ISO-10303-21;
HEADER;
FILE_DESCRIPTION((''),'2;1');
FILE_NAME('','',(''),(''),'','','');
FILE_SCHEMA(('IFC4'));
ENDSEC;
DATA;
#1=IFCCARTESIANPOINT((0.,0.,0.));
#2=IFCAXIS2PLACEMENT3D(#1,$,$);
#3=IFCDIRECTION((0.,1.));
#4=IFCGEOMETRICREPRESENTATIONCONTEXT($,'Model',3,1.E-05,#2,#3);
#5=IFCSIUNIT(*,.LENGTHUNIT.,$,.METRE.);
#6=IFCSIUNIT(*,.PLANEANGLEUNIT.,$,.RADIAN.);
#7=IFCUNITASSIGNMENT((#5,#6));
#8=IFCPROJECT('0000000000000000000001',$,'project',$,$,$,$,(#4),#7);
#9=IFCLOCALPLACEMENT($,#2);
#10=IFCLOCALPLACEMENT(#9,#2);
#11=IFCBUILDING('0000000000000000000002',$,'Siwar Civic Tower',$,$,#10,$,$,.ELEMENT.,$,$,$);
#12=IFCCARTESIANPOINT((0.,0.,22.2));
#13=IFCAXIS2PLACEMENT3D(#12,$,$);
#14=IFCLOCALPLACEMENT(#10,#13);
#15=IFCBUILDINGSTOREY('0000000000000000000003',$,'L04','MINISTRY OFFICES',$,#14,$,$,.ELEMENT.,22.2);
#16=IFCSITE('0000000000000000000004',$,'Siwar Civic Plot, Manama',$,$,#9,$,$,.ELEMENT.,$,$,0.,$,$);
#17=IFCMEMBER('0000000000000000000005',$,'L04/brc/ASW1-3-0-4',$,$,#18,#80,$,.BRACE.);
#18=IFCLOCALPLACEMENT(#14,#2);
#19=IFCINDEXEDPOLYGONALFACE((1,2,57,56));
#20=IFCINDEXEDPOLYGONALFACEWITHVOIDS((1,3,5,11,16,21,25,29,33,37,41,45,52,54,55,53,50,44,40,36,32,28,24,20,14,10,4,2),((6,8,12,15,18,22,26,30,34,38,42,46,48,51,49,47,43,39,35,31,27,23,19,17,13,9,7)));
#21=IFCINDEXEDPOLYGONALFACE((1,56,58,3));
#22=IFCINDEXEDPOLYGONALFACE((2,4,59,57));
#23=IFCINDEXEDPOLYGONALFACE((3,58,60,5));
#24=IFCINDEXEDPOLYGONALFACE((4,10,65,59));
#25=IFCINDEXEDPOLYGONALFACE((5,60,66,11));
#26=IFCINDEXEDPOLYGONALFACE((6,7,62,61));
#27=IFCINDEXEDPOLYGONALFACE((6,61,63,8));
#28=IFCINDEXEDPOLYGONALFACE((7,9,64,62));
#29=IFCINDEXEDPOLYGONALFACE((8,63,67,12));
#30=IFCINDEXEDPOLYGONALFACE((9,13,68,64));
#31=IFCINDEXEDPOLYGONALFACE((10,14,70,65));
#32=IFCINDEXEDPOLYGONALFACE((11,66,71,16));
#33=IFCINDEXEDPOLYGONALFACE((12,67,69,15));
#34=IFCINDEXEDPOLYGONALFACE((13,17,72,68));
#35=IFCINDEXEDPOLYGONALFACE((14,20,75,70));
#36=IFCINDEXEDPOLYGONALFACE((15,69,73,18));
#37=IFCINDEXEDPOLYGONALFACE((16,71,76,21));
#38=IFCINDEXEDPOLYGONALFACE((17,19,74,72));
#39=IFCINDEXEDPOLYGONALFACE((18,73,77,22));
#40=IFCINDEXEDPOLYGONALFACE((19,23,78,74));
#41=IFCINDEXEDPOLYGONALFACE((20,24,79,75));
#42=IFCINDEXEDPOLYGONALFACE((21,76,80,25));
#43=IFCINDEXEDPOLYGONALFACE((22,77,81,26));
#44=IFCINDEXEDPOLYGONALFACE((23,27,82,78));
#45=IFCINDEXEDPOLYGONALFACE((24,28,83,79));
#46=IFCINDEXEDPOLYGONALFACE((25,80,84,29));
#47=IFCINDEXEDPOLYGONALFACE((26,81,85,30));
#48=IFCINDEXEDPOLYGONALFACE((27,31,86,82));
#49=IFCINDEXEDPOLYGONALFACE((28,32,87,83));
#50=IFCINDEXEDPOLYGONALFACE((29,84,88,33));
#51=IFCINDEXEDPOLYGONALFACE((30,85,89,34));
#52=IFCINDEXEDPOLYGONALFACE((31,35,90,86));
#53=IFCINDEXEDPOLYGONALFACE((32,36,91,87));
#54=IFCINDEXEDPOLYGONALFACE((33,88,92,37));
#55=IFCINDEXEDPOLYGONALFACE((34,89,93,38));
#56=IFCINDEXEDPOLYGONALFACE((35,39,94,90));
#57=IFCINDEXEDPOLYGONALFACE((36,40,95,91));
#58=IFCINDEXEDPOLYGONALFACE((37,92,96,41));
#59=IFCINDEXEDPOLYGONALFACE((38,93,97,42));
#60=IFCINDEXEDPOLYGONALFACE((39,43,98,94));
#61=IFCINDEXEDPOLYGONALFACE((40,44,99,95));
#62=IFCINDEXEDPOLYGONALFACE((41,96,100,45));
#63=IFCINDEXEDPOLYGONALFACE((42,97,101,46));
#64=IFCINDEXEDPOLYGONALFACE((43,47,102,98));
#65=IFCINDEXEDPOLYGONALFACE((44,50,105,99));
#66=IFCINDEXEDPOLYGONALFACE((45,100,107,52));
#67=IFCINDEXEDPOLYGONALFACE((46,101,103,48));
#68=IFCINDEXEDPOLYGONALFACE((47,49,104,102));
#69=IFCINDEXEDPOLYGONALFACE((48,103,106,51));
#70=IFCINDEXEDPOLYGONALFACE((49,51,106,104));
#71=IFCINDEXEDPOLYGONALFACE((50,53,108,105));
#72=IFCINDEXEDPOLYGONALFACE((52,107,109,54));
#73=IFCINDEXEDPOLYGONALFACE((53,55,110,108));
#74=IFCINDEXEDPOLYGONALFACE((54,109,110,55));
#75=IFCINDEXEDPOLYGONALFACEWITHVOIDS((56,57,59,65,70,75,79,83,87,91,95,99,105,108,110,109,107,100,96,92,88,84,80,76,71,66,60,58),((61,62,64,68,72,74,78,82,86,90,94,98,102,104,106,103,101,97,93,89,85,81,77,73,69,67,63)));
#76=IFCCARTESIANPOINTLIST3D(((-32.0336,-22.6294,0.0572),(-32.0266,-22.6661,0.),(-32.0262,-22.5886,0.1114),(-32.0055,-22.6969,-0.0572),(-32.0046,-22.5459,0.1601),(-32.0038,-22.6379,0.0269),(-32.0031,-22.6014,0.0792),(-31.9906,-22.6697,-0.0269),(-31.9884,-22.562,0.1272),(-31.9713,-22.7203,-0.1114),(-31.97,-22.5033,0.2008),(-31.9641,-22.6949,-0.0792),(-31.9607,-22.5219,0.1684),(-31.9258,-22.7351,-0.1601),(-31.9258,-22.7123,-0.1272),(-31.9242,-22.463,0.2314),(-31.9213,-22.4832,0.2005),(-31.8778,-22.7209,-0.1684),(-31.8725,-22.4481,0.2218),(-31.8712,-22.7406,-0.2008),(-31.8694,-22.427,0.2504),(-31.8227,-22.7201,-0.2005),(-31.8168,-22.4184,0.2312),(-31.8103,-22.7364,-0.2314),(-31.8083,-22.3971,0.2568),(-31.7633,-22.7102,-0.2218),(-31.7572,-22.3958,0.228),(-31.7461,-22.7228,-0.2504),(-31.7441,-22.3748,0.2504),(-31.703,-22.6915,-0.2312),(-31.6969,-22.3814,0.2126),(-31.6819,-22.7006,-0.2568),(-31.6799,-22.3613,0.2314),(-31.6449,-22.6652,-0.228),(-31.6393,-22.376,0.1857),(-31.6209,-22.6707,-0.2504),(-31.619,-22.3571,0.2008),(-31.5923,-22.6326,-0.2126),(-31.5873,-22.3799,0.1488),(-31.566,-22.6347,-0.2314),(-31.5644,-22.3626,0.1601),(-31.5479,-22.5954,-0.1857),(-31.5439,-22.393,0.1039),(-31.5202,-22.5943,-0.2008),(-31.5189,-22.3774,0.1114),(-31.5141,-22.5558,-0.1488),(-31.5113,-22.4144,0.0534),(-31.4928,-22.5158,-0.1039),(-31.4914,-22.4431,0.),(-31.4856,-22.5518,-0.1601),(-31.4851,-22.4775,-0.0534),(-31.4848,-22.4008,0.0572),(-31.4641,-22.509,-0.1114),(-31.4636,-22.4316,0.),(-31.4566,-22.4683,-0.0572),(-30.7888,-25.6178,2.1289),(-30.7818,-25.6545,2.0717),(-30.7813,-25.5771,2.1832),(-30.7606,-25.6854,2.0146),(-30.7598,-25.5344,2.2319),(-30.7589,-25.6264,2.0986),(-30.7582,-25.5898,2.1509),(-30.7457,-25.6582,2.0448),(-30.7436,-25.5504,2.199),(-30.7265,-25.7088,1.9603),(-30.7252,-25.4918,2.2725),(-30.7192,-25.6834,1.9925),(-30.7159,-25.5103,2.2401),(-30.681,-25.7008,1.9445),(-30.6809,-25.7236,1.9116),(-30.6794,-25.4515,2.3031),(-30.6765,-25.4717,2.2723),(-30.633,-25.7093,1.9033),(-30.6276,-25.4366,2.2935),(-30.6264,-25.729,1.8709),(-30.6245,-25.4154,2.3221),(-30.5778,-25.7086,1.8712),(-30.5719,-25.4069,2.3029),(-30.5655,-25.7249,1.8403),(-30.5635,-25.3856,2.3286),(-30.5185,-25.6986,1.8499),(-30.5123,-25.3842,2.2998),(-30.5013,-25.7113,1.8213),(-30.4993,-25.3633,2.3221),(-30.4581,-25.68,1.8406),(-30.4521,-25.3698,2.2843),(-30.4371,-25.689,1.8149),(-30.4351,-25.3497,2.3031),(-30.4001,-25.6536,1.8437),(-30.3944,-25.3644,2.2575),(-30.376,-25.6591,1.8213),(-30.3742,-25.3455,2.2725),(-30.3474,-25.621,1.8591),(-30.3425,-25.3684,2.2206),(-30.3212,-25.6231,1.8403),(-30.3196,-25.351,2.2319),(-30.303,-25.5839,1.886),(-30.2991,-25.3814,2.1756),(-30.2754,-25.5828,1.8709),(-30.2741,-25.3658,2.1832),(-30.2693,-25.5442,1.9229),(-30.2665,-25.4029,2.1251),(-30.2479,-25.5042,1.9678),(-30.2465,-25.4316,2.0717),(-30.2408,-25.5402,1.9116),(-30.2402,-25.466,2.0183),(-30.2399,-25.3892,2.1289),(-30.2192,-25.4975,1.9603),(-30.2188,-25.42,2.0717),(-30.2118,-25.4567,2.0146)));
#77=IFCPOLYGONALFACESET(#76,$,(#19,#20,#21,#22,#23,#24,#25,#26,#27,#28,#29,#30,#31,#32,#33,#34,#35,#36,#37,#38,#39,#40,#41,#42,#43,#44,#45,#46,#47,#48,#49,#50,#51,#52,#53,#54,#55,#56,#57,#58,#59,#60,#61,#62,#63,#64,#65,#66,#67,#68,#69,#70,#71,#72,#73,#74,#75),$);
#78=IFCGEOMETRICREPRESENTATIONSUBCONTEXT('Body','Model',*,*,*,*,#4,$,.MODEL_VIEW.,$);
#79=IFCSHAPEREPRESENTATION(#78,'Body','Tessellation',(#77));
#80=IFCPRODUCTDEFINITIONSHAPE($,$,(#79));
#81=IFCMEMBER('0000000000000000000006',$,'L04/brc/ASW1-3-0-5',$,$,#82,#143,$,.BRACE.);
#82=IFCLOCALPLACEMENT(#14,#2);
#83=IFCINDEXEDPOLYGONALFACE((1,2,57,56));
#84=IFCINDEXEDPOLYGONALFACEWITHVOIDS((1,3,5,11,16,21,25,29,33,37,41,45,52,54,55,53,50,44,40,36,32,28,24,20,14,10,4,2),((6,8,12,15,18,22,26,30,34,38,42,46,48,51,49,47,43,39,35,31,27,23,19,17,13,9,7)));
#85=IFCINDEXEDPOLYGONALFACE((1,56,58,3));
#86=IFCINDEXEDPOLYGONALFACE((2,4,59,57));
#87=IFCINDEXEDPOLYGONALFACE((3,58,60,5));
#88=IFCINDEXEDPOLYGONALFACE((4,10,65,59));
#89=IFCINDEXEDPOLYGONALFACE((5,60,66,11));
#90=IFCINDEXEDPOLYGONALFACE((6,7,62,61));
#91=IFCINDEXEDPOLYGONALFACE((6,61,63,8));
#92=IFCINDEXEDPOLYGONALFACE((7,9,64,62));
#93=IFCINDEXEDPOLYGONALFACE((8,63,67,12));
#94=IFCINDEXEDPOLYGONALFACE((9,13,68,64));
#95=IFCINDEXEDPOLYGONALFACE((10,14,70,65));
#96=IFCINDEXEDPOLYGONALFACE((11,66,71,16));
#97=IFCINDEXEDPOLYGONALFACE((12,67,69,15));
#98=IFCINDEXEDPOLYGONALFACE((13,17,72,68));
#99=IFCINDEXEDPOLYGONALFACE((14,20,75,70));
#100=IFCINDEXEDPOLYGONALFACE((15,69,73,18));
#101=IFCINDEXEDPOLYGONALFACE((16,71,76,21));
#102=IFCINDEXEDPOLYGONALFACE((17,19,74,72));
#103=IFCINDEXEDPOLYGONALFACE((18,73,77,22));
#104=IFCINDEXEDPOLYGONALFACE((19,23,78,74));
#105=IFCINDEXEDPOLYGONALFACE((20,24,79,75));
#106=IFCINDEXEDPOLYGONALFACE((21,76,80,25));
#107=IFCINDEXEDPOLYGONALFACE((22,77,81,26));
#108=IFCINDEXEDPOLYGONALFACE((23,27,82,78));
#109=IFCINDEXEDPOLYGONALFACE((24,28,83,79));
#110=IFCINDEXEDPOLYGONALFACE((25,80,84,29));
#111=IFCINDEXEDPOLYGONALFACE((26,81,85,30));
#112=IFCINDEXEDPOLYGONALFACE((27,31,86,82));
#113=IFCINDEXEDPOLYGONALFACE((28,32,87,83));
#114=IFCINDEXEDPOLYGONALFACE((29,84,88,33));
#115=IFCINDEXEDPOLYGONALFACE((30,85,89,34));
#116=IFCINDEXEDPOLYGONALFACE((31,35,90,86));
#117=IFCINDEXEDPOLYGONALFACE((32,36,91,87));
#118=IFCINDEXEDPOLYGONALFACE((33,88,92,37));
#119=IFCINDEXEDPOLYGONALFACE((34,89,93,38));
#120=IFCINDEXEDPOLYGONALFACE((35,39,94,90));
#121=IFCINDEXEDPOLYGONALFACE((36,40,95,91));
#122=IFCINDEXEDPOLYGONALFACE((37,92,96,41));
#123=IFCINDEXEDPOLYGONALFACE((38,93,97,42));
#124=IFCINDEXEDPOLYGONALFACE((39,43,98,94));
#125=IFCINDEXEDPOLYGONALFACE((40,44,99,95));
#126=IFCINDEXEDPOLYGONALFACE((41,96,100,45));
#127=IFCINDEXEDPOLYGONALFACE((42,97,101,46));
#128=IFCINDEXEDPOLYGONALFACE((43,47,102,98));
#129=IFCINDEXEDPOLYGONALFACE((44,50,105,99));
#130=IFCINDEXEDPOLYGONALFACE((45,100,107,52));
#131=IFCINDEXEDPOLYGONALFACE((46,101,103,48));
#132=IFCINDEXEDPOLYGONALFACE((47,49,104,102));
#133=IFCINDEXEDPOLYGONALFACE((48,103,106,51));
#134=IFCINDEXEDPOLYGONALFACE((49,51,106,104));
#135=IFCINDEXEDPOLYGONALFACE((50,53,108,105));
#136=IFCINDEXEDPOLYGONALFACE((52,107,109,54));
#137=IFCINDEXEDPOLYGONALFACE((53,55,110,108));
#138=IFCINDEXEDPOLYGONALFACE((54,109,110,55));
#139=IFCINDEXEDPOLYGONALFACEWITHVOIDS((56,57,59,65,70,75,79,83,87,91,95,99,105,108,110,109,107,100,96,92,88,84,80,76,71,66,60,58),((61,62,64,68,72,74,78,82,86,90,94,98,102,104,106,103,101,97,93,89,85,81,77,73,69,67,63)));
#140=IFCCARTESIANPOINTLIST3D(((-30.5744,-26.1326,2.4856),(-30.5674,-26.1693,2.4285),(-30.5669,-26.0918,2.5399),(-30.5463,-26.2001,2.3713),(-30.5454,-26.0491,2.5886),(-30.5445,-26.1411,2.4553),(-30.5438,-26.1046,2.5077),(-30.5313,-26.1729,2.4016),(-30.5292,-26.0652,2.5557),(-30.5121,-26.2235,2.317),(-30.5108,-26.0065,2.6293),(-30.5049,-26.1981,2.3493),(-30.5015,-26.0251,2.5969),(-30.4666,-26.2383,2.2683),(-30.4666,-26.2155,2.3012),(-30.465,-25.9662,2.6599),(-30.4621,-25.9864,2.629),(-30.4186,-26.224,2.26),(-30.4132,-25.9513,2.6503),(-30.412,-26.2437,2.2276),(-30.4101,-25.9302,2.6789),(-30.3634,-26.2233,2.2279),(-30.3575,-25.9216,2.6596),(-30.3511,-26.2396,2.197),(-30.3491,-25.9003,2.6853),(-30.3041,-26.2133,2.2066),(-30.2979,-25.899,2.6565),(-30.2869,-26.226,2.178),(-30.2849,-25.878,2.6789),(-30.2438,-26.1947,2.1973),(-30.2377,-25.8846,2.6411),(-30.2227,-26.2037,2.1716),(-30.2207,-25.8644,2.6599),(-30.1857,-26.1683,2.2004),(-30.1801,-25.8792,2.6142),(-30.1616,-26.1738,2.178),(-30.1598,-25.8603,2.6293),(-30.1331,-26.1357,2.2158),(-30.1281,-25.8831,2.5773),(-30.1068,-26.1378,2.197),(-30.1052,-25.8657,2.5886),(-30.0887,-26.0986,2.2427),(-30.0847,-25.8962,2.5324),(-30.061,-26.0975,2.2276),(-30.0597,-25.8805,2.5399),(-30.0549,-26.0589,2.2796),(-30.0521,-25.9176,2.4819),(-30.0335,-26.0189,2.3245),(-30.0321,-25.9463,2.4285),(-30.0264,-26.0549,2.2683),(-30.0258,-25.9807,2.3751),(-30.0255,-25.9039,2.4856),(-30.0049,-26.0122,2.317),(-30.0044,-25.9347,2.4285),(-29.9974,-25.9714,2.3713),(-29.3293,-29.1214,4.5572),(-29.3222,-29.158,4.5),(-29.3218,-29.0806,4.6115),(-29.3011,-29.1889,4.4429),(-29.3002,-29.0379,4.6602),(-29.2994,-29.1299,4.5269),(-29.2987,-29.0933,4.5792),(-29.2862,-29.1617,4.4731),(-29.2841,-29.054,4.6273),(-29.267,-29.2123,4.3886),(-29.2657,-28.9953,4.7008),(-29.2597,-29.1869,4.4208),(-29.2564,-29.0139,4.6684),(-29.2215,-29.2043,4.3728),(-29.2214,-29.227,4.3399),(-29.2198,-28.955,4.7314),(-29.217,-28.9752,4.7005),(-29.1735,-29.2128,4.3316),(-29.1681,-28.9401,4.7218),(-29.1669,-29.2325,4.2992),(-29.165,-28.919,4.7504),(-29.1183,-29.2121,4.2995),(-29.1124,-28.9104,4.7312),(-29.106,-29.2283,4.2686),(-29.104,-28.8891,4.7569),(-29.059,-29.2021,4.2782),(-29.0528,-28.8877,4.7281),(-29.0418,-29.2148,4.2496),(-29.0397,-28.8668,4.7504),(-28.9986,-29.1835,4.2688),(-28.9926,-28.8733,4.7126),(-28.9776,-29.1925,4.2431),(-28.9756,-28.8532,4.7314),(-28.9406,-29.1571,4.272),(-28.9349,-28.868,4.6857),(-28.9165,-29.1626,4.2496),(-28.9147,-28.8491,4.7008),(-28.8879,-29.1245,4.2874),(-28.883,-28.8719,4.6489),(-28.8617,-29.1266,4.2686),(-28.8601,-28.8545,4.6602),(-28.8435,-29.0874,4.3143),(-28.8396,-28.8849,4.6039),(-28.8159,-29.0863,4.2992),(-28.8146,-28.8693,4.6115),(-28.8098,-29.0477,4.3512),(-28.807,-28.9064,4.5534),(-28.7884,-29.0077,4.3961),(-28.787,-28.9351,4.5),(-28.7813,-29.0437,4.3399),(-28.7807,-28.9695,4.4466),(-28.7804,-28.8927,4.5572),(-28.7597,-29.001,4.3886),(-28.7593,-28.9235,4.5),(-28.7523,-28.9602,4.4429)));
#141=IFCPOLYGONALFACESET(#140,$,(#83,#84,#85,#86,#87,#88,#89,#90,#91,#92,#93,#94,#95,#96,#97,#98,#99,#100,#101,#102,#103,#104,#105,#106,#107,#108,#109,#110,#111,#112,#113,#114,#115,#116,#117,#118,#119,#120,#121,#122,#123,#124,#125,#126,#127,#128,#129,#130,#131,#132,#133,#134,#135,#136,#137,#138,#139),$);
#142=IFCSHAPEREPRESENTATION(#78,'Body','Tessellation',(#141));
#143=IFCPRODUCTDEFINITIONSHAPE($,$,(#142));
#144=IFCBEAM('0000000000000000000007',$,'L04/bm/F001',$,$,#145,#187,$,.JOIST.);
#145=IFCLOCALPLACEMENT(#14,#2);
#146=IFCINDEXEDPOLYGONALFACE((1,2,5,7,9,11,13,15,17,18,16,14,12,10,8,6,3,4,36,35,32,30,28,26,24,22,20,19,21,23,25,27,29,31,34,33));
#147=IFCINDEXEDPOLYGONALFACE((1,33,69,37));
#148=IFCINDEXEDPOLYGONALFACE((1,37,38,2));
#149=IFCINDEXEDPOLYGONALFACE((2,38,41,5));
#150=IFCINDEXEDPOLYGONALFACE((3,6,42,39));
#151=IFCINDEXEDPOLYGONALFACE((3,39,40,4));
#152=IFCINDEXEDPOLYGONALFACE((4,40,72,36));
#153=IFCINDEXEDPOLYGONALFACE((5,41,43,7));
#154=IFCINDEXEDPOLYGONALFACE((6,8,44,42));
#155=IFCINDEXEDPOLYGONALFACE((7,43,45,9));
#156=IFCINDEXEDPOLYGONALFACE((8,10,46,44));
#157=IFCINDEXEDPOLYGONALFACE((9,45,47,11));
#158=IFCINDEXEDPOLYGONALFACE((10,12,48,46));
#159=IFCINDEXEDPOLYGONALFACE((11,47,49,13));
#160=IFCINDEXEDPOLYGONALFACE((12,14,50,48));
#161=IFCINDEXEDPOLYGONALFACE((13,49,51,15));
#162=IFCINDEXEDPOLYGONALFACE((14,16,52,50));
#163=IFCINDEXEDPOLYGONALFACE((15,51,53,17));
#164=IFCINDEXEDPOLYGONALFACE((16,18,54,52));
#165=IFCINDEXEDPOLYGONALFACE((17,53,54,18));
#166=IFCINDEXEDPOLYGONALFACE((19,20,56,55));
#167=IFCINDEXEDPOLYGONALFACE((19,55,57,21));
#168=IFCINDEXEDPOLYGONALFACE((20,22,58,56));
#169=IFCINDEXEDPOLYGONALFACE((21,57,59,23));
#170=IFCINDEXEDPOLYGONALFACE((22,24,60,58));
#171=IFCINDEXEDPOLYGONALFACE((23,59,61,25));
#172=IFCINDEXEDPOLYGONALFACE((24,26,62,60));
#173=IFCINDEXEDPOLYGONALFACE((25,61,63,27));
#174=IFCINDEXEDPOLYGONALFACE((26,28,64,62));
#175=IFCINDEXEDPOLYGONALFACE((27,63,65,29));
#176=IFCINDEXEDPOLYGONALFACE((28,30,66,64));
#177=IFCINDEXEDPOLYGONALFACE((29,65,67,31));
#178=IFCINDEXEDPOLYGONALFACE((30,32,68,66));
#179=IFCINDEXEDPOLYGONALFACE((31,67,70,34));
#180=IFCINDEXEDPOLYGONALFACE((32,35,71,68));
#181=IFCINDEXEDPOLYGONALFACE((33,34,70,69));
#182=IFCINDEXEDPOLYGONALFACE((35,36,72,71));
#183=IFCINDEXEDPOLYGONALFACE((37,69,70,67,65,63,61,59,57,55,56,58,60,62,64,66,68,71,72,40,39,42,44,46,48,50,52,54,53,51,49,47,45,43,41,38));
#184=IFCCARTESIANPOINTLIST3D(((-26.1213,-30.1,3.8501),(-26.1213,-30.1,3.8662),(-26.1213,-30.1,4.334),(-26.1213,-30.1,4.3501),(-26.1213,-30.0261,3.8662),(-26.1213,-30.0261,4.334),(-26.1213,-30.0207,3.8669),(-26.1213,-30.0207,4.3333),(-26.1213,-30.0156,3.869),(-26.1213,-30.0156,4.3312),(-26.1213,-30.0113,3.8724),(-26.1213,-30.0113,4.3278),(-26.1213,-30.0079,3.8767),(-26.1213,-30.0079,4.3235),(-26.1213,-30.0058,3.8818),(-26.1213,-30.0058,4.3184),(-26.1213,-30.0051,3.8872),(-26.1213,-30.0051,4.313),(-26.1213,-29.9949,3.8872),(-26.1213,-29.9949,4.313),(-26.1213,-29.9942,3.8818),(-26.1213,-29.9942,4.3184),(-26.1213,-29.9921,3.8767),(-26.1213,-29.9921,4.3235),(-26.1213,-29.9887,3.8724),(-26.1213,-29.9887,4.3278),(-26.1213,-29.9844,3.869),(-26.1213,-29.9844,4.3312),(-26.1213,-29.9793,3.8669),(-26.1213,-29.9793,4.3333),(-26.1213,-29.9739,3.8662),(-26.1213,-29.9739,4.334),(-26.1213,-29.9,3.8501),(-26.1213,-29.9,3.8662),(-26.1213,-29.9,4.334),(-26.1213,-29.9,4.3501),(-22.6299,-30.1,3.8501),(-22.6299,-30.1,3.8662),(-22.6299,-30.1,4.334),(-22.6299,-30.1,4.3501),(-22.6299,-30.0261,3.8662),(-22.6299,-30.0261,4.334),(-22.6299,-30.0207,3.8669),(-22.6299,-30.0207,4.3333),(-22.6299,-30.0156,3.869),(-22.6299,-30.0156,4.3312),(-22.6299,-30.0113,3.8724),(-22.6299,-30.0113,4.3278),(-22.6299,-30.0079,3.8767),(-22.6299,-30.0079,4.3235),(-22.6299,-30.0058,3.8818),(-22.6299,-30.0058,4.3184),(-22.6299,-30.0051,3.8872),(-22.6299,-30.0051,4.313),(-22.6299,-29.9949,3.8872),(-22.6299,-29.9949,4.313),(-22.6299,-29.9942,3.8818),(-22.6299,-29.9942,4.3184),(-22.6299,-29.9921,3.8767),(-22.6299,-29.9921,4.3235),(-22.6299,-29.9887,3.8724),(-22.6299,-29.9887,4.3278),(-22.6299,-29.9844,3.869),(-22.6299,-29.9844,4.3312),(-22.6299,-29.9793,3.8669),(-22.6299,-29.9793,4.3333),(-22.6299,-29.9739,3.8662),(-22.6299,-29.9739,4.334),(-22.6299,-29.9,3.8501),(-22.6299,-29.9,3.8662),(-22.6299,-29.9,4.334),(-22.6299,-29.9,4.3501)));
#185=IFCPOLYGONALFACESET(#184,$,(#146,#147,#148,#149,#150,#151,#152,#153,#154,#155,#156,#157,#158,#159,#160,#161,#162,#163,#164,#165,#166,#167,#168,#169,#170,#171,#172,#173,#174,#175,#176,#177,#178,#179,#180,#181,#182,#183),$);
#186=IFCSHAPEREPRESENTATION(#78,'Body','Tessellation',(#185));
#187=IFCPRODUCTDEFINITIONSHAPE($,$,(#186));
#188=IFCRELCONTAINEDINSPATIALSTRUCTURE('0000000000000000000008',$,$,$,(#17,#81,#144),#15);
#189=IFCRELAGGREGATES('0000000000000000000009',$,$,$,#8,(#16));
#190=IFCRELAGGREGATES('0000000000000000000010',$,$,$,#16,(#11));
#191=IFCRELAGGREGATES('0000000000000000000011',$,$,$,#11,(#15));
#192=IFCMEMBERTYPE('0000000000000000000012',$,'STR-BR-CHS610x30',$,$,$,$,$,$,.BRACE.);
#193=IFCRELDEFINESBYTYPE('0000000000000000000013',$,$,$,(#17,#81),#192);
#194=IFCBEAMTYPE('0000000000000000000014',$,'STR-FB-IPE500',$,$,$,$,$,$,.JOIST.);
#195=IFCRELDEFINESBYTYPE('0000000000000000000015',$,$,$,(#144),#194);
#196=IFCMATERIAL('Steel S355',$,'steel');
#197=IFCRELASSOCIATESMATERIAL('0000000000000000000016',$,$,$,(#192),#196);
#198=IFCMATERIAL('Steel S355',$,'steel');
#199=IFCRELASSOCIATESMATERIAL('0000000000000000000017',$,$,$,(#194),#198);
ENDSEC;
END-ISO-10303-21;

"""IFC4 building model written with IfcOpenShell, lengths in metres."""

from ifc_helpers import new_model, si_unit, direction, frame, origin, origin_2d, place, context, subcontext, project, spatial, hollow_circle, i_section, extrude, material, material_profile, profile_set, type_object, element, save


model = new_model("IFC4")

# Units and contexts
model_context = context("Model", 3, precision=1e-05, world=origin(), true_north=direction((0.0, 1.0)))
body_context = subcontext(model_context, "Body", "Model", "MODEL_VIEW")
ifc_project = project(units=[si_unit("LENGTHUNIT", "METRE"), si_unit("PLANEANGLEUNIT", "RADIAN")], contexts=[model_context])

# Site, building, storey
site_placement = place(None, origin())
site = spatial("IfcSite", under=ifc_project, at=site_placement, Name="Siwar Civic Plot, Manama", CompositionType="ELEMENT", RefElevation=0.0)
building_placement = place(site_placement, origin())
building = spatial("IfcBuilding", under=site, at=building_placement, Name="Siwar Civic Tower", CompositionType="ELEMENT")
storey_placement = place(building_placement, frame((0.0, 0.0, 22.2)))
storey = spatial("IfcBuildingStorey", under=building, at=storey_placement, Name="L04", Description="MINISTRY OFFICES", CompositionType="ELEMENT", Elevation=22.2)

# Members
ifc_material_1 = material(Name="Steel S355", Category="steel")
ifc_material_profile_1 = material_profile(ifc_material_1, hollow_circle(Radius=0.3049, WallThickness=0.03, at=origin_2d()), Name="CHS610x30")
ifc_profile_set_1 = profile_set([ifc_material_profile_1], Name="Steel S355")
member_type_1 = type_object("IfcMemberType", Name="STR-BR-CHS610x30", PredefinedType="BRACE", material=ifc_profile_set_1)
member_1_placement = place(storey_placement, frame((-31.7451, -22.5488, 0.0), z_axis=(0.323882, -0.777533, 0.53902), x_axis=(0.923115, 0.384524, 0.0)))
element("IfcMember", 1, at=member_1_placement, inside=storey, type_object=member_type_1, Name="L04/brc/ASW1-3-0-4", PredefinedType="BRACE", context=body_context, shape_type="SweptSolid", body=[
    extrude(hollow_circle(Radius=0.3049, WallThickness=0.03, at=origin_2d()), origin(), (0.0, 0.0, 1.0), 3.8435),
])
member_2_placement = place(storey_placement, frame((-30.2859, -26.052, 2.4285), z_axis=(0.323934, -0.777569, 0.538937), x_axis=(0.923099, 0.384562, 0.0)))
element("IfcMember", 2, at=member_2_placement, inside=storey, type_object=member_type_1, Name="L04/brc/ASW1-3-0-5", PredefinedType="BRACE", context=body_context, shape_type="SweptSolid", body=[
    extrude(hollow_circle(Radius=0.3049, WallThickness=0.03, at=origin_2d()), origin(), (0.0, 0.0, 1.0), 3.8438),
])

# Beam
ifc_material_2 = material(Name="Steel S355", Category="steel")
ifc_material_profile_2 = material_profile(ifc_material_2, i_section(OverallWidth=0.2, OverallDepth=0.5, WebThickness=0.0103, FlangeThickness=0.0161, FilletRadius=0.021, at=origin_2d()), Name="IPE500")
ifc_profile_set_2 = profile_set([ifc_material_profile_2], Name="Steel S355")
beam_type_1 = type_object("IfcBeamType", Name="STR-FB-IPE500", PredefinedType="JOIST", material=ifc_profile_set_2)
beam_1_placement = place(storey_placement, frame((-26.1213, -30.0, 4.1001), z_axis=(1.0, 0.0, 0.0), x_axis=(0.0, 1.0, 0.0)))
element("IfcBeam", 3, at=beam_1_placement, inside=storey, type_object=beam_type_1, Name="L04/bm/F001", PredefinedType="JOIST", context=body_context, shape_type="SweptSolid", body=[
    extrude(i_section(OverallWidth=0.2, OverallDepth=0.5, WebThickness=0.0103, FlangeThickness=0.0161, FilletRadius=0.021, at=origin_2d()), origin(), (0.0, 0.0, 1.0), 3.4915),
])

save(model, "model.ifc")
